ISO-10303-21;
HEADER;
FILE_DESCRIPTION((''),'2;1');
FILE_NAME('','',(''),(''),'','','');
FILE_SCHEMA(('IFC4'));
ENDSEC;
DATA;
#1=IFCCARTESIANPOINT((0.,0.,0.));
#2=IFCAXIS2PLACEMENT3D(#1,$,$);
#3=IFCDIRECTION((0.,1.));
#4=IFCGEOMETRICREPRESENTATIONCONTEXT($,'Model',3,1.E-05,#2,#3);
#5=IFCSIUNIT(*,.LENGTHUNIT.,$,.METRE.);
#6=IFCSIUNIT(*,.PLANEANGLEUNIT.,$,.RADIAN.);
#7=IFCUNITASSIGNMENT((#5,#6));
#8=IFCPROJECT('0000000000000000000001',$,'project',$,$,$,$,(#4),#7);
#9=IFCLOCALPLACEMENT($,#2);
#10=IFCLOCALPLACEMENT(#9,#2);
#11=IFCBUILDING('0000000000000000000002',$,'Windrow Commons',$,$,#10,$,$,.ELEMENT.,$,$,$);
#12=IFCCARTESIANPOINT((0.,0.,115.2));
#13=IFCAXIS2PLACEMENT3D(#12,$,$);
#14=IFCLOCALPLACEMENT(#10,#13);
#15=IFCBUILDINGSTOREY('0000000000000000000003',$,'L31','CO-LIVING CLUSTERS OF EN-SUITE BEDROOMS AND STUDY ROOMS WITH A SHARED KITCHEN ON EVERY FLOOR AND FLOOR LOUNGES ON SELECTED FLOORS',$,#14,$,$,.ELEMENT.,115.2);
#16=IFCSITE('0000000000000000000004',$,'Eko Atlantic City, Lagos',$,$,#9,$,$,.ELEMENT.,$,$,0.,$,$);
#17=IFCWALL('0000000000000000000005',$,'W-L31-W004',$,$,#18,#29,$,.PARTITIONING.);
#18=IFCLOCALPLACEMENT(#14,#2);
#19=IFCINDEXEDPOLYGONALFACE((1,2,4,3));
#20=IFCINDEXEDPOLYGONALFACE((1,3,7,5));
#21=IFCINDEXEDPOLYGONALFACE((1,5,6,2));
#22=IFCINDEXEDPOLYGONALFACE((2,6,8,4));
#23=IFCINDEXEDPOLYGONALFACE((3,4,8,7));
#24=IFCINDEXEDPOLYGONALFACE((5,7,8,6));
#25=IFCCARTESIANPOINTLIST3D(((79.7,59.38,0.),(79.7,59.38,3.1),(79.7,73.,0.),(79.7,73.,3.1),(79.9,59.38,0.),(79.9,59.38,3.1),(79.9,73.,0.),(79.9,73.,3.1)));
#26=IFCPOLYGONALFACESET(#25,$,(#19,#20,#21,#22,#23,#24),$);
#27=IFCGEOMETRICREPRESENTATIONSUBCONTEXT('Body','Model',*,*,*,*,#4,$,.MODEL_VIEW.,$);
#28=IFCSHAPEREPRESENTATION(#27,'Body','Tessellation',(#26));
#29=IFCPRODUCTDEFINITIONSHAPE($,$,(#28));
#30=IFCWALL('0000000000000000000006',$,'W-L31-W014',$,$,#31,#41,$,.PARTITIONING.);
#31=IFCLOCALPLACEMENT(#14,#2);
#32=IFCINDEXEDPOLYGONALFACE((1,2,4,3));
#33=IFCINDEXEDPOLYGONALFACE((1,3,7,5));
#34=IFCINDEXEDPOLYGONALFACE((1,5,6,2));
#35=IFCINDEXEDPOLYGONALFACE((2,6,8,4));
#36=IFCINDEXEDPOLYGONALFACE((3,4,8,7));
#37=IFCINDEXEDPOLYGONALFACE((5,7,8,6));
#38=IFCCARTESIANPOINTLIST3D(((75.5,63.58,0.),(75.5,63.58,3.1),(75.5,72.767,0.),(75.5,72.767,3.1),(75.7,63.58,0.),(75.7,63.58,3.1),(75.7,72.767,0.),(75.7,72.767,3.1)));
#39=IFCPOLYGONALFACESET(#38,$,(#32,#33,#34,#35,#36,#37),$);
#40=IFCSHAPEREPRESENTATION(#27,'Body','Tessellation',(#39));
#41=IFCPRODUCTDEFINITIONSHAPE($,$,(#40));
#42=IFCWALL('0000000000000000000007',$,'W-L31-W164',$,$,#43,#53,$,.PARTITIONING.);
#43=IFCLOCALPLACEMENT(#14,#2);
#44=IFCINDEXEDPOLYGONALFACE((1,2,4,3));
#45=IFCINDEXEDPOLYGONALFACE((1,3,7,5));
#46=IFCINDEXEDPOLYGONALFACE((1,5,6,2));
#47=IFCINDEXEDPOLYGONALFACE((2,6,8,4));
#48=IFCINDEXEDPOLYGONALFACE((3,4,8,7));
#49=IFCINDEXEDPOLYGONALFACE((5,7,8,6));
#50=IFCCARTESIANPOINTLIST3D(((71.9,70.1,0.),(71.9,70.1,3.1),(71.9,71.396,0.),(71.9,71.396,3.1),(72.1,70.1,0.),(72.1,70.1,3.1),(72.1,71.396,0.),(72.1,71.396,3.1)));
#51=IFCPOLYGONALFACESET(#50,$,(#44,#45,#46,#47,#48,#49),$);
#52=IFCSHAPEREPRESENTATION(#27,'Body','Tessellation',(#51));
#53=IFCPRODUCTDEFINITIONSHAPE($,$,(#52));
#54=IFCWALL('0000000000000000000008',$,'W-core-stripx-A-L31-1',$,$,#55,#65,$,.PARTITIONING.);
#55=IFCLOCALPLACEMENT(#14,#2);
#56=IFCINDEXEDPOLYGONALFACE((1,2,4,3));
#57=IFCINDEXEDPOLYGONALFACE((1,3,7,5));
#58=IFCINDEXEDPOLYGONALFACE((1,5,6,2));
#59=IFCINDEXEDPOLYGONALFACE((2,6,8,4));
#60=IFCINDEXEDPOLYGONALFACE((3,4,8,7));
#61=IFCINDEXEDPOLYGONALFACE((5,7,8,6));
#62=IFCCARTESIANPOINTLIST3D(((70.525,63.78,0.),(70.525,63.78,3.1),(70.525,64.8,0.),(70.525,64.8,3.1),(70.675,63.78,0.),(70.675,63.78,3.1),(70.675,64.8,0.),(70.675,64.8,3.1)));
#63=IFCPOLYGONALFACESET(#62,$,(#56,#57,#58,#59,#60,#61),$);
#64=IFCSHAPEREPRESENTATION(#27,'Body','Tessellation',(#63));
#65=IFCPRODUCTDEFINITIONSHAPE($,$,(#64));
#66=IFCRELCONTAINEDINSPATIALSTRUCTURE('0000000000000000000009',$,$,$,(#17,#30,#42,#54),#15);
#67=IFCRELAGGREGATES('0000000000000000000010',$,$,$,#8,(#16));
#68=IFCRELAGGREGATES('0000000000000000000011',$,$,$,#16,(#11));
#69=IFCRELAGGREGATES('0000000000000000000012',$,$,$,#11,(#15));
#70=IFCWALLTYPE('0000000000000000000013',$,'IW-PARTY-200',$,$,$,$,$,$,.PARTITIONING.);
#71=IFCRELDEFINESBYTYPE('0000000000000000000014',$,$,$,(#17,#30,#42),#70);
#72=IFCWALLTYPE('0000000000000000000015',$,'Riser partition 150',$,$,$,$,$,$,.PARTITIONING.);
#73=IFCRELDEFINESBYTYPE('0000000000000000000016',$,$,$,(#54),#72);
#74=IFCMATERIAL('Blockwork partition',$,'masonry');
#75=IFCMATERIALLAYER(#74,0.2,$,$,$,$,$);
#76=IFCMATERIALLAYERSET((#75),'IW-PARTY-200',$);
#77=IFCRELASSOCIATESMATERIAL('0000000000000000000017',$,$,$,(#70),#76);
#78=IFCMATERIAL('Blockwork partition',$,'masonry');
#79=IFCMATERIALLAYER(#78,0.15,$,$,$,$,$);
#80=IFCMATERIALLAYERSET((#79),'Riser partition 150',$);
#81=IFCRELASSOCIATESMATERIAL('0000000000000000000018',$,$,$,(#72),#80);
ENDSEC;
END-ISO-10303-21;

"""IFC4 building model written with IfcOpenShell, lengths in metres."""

from ifc_helpers import new_model, si_unit, direction, frame, frame_2d, origin, place, context, subcontext, project, spatial, rectangle, extrude, material, layer, layer_set, type_object, element, save


model = new_model("IFC4")

# Units and contexts
model_context = context("Model", 3, precision=1e-05, world=origin(), true_north=direction((0.0, 1.0)))
body_context = subcontext(model_context, "Body", "Model", "MODEL_VIEW")
ifc_project = project(units=[si_unit("LENGTHUNIT", "METRE"), si_unit("PLANEANGLEUNIT", "RADIAN")], contexts=[model_context])

# Site, building, storey
site_placement = place(None, origin())
site = spatial("IfcSite", under=ifc_project, at=site_placement, Name="Eko Atlantic City, Lagos", CompositionType="ELEMENT", RefElevation=0.0)
building_placement = place(site_placement, origin())
building = spatial("IfcBuilding", under=site, at=building_placement, Name="Windrow Commons", CompositionType="ELEMENT")
storey_placement = place(building_placement, frame((0.0, 0.0, 115.2)))
storey = spatial("IfcBuildingStorey", under=building, at=storey_placement, Name="L31", Description="CO-LIVING CLUSTERS OF EN-SUITE BEDROOMS AND STUDY ROOMS WITH A SHARED KITCHEN ON EVERY FLOOR AND FLOOR LOUNGES ON SELECTED FLOORS", CompositionType="ELEMENT", Elevation=115.2)

# Walls
ifc_material_1 = material(Name="Blockwork partition", Category="masonry")
ifc_layer_1 = layer(ifc_material_1, 0.2)
ifc_layer_set_1 = layer_set([ifc_layer_1], Name="IW-PARTY-200")
wall_type_1 = type_object("IfcWallType", Name="IW-PARTY-200", PredefinedType="PARTITIONING", material=ifc_layer_set_1)
wall_1_placement = place(storey_placement, frame((79.8, 59.38, 0.0), z_axis=(0.0, 0.0, 1.0), x_axis=(0.0, 1.0, 0.0)))
element("IfcWall", 1, at=wall_1_placement, inside=storey, type_object=wall_type_1, Name="W-L31-W004", PredefinedType="PARTITIONING", context=body_context, shape_type="SweptSolid", body=[
    extrude(rectangle(XDim=13.62, YDim=0.2, at=frame_2d((6.81, 0.0))), origin(), (0.0, 0.0, 1.0), 3.1),
])
wall_2_placement = place(storey_placement, frame((75.6, 63.58, 0.0), z_axis=(0.0, 0.0, 1.0), x_axis=(0.0, 1.0, 0.0)))
element("IfcWall", 2, at=wall_2_placement, inside=storey, type_object=wall_type_1, Name="W-L31-W014", PredefinedType="PARTITIONING", context=body_context, shape_type="SweptSolid", body=[
    extrude(rectangle(XDim=9.187, YDim=0.2, at=frame_2d((4.5935, 0.0))), origin(), (0.0, 0.0, 1.0), 3.1),
])
wall_3_placement = place(storey_placement, frame((72.0, 70.1, 0.0), z_axis=(0.0, 0.0, 1.0), x_axis=(0.0, 1.0, 0.0)))
element("IfcWall", 3, at=wall_3_placement, inside=storey, type_object=wall_type_1, Name="W-L31-W164", PredefinedType="PARTITIONING", context=body_context, shape_type="SweptSolid", body=[
    extrude(rectangle(XDim=1.296, YDim=0.2, at=frame_2d((0.648, 0.0))), origin(), (0.0, 0.0, 1.0), 3.1),
])
ifc_material_2 = material(Name="Blockwork partition", Category="masonry")
ifc_layer_2 = layer(ifc_material_2, 0.15)
ifc_layer_set_2 = layer_set([ifc_layer_2], Name="Riser partition 150")
wall_type_2 = type_object("IfcWallType", Name="Riser partition 150", PredefinedType="PARTITIONING", material=ifc_layer_set_2)
wall_4_placement = place(storey_placement, frame((70.6, 63.78, 0.0), z_axis=(0.0, 0.0, 1.0), x_axis=(0.0, 1.0, 0.0)))
element("IfcWall", 4, at=wall_4_placement, inside=storey, type_object=wall_type_2, Name="W-core-stripx-A-L31-1", PredefinedType="PARTITIONING", context=body_context, shape_type="SweptSolid", body=[
    extrude(rectangle(XDim=1.02, YDim=0.15, at=frame_2d((0.51, 0.0))), origin(), (0.0, 0.0, 1.0), 3.1),
])

save(model, "model.ifc")
